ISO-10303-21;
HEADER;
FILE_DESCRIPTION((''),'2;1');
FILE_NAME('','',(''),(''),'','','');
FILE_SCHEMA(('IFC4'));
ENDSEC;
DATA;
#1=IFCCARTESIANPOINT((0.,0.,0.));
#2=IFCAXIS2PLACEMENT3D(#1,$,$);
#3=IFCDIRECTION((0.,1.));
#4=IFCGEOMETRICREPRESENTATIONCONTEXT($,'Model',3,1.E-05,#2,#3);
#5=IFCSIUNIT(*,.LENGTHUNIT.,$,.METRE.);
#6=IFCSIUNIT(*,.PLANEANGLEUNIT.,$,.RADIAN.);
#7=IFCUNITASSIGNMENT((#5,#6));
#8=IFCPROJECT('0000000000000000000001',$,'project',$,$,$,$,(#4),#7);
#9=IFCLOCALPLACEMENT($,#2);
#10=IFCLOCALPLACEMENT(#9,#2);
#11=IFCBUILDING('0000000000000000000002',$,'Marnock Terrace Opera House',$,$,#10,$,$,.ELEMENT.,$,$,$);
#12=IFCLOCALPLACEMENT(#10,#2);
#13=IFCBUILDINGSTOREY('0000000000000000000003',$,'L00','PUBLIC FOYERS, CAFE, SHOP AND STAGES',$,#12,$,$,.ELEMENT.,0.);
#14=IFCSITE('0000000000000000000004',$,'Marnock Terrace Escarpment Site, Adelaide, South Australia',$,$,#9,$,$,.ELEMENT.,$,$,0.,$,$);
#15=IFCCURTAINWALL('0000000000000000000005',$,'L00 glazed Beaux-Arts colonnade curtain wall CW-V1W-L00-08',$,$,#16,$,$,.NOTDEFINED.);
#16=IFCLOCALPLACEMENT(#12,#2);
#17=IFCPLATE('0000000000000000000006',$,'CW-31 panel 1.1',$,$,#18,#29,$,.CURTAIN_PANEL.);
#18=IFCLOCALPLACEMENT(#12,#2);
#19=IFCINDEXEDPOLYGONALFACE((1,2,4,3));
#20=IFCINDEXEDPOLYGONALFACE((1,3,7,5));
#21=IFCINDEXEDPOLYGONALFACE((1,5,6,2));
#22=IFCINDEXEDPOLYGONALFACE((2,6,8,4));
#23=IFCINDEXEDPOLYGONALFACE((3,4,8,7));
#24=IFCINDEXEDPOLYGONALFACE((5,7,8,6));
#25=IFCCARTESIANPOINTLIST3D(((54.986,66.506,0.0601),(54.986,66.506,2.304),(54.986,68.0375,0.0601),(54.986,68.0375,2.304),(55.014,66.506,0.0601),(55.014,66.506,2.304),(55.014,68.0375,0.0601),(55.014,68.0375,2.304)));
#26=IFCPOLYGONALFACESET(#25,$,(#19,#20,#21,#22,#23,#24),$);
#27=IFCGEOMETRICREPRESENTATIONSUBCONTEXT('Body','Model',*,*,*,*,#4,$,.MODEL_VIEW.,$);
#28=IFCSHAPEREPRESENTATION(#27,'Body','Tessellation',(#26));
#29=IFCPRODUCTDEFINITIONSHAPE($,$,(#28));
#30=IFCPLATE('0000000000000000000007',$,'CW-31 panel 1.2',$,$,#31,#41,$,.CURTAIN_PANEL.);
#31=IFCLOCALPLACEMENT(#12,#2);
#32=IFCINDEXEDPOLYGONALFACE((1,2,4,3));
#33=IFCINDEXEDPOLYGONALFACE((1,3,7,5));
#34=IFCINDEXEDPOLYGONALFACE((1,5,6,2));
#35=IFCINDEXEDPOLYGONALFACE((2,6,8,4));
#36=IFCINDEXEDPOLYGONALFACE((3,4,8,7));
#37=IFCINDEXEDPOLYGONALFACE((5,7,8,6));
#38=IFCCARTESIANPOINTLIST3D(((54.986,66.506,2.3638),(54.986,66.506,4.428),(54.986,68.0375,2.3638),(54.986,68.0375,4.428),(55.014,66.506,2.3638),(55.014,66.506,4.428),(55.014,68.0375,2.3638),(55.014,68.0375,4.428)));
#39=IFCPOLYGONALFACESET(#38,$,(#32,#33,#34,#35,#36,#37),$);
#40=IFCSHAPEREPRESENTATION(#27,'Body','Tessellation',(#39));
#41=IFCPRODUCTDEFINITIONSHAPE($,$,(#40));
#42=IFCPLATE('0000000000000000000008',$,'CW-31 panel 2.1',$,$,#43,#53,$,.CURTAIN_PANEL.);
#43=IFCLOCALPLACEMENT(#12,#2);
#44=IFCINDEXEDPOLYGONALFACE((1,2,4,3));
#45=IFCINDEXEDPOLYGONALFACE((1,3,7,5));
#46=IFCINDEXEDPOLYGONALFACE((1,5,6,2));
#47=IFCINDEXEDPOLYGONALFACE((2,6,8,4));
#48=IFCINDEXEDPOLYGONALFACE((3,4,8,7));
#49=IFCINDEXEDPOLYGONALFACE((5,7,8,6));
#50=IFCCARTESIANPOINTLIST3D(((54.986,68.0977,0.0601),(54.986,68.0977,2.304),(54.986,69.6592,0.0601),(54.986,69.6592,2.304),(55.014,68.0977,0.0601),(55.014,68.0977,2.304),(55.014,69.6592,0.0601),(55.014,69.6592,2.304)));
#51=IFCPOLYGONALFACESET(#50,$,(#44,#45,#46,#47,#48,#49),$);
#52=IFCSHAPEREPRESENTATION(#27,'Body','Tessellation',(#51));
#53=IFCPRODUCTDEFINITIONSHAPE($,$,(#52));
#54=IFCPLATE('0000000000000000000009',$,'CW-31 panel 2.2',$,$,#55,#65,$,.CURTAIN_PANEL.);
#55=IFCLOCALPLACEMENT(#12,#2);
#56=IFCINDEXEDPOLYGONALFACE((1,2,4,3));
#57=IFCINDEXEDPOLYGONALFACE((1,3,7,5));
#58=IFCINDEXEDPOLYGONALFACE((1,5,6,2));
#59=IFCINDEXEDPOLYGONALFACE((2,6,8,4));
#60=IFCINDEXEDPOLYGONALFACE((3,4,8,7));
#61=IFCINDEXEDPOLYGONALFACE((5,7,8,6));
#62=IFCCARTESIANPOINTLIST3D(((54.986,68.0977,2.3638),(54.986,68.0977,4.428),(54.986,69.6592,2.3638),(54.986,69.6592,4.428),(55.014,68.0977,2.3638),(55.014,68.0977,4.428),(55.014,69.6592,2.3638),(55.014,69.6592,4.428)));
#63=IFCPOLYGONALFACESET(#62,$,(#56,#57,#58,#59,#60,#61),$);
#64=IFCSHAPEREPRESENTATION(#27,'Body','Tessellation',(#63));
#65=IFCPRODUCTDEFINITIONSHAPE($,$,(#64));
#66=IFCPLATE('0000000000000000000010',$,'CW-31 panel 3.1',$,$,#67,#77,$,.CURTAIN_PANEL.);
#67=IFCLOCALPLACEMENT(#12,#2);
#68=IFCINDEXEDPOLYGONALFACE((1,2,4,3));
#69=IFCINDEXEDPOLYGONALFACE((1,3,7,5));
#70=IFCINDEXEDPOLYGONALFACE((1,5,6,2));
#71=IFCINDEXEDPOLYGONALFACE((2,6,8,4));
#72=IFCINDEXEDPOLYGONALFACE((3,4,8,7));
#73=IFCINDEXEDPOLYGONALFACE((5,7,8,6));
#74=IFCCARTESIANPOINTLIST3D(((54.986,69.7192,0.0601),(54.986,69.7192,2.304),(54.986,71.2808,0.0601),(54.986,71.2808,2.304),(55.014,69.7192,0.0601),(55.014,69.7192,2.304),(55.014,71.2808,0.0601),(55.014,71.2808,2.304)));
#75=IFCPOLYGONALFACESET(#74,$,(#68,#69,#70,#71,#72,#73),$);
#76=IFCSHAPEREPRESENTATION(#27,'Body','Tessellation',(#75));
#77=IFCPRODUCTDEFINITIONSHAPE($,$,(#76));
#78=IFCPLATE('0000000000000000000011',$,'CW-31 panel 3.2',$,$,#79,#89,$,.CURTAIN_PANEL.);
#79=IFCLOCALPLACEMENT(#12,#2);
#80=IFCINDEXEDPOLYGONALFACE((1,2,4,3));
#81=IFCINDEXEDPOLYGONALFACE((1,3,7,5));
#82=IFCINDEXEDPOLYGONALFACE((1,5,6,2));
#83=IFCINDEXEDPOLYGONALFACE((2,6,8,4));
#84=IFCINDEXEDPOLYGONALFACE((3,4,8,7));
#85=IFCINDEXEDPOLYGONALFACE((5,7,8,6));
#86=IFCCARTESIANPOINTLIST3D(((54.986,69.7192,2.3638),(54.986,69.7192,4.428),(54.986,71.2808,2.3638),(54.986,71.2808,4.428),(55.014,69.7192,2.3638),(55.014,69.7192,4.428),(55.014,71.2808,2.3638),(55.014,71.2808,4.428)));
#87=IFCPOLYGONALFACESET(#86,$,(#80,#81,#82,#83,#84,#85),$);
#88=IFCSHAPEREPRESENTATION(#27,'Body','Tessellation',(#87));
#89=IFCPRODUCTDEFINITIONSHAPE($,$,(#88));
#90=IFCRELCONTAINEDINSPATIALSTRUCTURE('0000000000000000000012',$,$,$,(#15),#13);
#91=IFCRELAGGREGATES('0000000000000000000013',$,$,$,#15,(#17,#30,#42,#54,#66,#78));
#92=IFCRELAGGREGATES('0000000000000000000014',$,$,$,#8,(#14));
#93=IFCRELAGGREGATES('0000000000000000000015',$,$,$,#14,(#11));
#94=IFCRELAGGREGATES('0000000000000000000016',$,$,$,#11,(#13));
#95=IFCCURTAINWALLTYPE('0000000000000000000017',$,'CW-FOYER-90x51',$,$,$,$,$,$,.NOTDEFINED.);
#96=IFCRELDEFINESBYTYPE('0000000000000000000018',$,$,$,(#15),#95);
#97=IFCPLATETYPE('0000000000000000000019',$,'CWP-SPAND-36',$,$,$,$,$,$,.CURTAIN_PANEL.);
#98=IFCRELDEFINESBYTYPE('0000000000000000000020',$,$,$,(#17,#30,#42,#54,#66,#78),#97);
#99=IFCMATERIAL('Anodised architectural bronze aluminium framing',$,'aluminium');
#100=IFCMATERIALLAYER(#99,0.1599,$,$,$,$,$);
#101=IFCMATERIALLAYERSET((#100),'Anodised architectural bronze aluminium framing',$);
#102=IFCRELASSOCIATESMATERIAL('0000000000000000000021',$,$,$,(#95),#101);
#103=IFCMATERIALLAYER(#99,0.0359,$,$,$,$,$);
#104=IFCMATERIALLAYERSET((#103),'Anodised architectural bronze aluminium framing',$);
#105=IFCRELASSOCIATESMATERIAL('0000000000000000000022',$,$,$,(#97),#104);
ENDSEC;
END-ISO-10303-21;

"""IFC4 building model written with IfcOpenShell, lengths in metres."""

from ifc_helpers import new_model, si_unit, direction, frame, origin, origin_2d, place, context, subcontext, project, spatial, rectangle, extrude, material, layer, layer_set, type_object, element, aggregate, save


model = new_model("IFC4")

# Units and contexts
model_context = context("Model", 3, precision=1e-05, world=origin(), true_north=direction((0.0, 1.0)))
body_context = subcontext(model_context, "Body", "Model", "MODEL_VIEW")
ifc_project = project(units=[si_unit("LENGTHUNIT", "METRE"), si_unit("PLANEANGLEUNIT", "RADIAN")], contexts=[model_context])

# Site, building, storey
site_placement = place(None, origin())
site = spatial("IfcSite", under=ifc_project, at=site_placement, Name="Marnock Terrace Escarpment Site, Adelaide, South Australia", CompositionType="ELEMENT", RefElevation=0.0)
building_placement = place(site_placement, origin())
building = spatial("IfcBuilding", under=site, at=building_placement, Name="Marnock Terrace Opera House", CompositionType="ELEMENT")
storey_placement = place(building_placement, origin())
storey = spatial("IfcBuildingStorey", under=building, at=storey_placement, Name="L00", Description="PUBLIC FOYERS, CAFE, SHOP AND STAGES", CompositionType="ELEMENT", Elevation=0.0)

# Curtain wall, plates
ifc_material = material(Name="Anodised architectural bronze aluminium framing", Category="aluminium")
ifc_layer_1 = layer(ifc_material, 0.1599)
ifc_layer_set_1 = layer_set([ifc_layer_1], Name="Anodised architectural bronze aluminium framing")
curtain_wall_type = type_object("IfcCurtainWallType", Name="CW-FOYER-90x51", PredefinedType="NOTDEFINED", material=ifc_layer_set_1)
curtain_wall_placement = place(storey_placement, origin())
curtain_wall = element("IfcCurtainWall", 1, at=curtain_wall_placement, inside=storey, type_object=curtain_wall_type, Name="L00 glazed Beaux-Arts colonnade curtain wall CW-V1W-L00-08", PredefinedType="NOTDEFINED")
ifc_layer_2 = layer(ifc_material, 0.0359)
ifc_layer_set_2 = layer_set([ifc_layer_2], Name="Anodised architectural bronze aluminium framing")
plate_type = type_object("IfcPlateType", Name="CWP-SPAND-36", PredefinedType="CURTAIN_PANEL", material=ifc_layer_set_2)
plate_1_placement = place(storey_placement, frame((55.0, 67.2717, 0.0601), z_axis=(0.0, 0.0, 1.0), x_axis=(0.0, 1.0, 0.0)))
plate_1 = element("IfcPlate", 2, at=plate_1_placement, type_object=plate_type, Name="CW-31 panel 1.1", PredefinedType="CURTAIN_PANEL", context=body_context, shape_type="SweptSolid", body=[
    extrude(rectangle(XDim=1.5315, YDim=0.0281, at=origin_2d()), origin(), (0.0, 0.0, 1.0), 2.2439),
])
plate_2_placement = place(storey_placement, frame((55.0, 67.2717, 2.3638), z_axis=(0.0, 0.0, 1.0), x_axis=(0.0, 1.0, 0.0)))
plate_2 = element("IfcPlate", 3, at=plate_2_placement, type_object=plate_type, Name="CW-31 panel 1.2", PredefinedType="CURTAIN_PANEL", context=body_context, shape_type="SweptSolid", body=[
    extrude(rectangle(XDim=1.5315, YDim=0.0281, at=origin_2d()), origin(), (0.0, 0.0, 1.0), 2.0642),
])
plate_3_placement = place(storey_placement, frame((55.0, 68.8784, 0.0601), z_axis=(0.0, 0.0, 1.0), x_axis=(0.0, 1.0, 0.0)))
plate_3 = element("IfcPlate", 4, at=plate_3_placement, type_object=plate_type, Name="CW-31 panel 2.1", PredefinedType="CURTAIN_PANEL", context=body_context, shape_type="SweptSolid", body=[
    extrude(rectangle(XDim=1.5615, YDim=0.0281, at=origin_2d()), origin(), (0.0, 0.0, 1.0), 2.2439),
])
plate_4_placement = place(storey_placement, frame((55.0, 68.8784, 2.3638), z_axis=(0.0, 0.0, 1.0), x_axis=(0.0, 1.0, 0.0)))
plate_4 = element("IfcPlate", 5, at=plate_4_placement, type_object=plate_type, Name="CW-31 panel 2.2", PredefinedType="CURTAIN_PANEL", context=body_context, shape_type="SweptSolid", body=[
    extrude(rectangle(XDim=1.5615, YDim=0.0281, at=origin_2d()), origin(), (0.0, 0.0, 1.0), 2.0642),
])
plate_5_placement = place(storey_placement, frame((55.0, 70.5, 0.0601), z_axis=(0.0, 0.0, 1.0), x_axis=(0.0, 1.0, 0.0)))
plate_5 = element("IfcPlate", 6, at=plate_5_placement, type_object=plate_type, Name="CW-31 panel 3.1", PredefinedType="CURTAIN_PANEL", context=body_context, shape_type="SweptSolid", body=[
    extrude(rectangle(XDim=1.5615, YDim=0.0281, at=origin_2d()), origin(), (0.0, 0.0, 1.0), 2.2439),
])
plate_6_placement = place(storey_placement, frame((55.0, 70.5, 2.3638), z_axis=(0.0, 0.0, 1.0), x_axis=(0.0, 1.0, 0.0)))
plate_6 = element("IfcPlate", 7, at=plate_6_placement, type_object=plate_type, Name="CW-31 panel 3.2", PredefinedType="CURTAIN_PANEL", context=body_context, shape_type="SweptSolid", body=[
    extrude(rectangle(XDim=1.5615, YDim=0.0281, at=origin_2d()), origin(), (0.0, 0.0, 1.0), 2.0642),
])
aggregate(curtain_wall, [plate_1, plate_2, plate_3, plate_4, plate_5, plate_6])

save(model, "model.ifc")
